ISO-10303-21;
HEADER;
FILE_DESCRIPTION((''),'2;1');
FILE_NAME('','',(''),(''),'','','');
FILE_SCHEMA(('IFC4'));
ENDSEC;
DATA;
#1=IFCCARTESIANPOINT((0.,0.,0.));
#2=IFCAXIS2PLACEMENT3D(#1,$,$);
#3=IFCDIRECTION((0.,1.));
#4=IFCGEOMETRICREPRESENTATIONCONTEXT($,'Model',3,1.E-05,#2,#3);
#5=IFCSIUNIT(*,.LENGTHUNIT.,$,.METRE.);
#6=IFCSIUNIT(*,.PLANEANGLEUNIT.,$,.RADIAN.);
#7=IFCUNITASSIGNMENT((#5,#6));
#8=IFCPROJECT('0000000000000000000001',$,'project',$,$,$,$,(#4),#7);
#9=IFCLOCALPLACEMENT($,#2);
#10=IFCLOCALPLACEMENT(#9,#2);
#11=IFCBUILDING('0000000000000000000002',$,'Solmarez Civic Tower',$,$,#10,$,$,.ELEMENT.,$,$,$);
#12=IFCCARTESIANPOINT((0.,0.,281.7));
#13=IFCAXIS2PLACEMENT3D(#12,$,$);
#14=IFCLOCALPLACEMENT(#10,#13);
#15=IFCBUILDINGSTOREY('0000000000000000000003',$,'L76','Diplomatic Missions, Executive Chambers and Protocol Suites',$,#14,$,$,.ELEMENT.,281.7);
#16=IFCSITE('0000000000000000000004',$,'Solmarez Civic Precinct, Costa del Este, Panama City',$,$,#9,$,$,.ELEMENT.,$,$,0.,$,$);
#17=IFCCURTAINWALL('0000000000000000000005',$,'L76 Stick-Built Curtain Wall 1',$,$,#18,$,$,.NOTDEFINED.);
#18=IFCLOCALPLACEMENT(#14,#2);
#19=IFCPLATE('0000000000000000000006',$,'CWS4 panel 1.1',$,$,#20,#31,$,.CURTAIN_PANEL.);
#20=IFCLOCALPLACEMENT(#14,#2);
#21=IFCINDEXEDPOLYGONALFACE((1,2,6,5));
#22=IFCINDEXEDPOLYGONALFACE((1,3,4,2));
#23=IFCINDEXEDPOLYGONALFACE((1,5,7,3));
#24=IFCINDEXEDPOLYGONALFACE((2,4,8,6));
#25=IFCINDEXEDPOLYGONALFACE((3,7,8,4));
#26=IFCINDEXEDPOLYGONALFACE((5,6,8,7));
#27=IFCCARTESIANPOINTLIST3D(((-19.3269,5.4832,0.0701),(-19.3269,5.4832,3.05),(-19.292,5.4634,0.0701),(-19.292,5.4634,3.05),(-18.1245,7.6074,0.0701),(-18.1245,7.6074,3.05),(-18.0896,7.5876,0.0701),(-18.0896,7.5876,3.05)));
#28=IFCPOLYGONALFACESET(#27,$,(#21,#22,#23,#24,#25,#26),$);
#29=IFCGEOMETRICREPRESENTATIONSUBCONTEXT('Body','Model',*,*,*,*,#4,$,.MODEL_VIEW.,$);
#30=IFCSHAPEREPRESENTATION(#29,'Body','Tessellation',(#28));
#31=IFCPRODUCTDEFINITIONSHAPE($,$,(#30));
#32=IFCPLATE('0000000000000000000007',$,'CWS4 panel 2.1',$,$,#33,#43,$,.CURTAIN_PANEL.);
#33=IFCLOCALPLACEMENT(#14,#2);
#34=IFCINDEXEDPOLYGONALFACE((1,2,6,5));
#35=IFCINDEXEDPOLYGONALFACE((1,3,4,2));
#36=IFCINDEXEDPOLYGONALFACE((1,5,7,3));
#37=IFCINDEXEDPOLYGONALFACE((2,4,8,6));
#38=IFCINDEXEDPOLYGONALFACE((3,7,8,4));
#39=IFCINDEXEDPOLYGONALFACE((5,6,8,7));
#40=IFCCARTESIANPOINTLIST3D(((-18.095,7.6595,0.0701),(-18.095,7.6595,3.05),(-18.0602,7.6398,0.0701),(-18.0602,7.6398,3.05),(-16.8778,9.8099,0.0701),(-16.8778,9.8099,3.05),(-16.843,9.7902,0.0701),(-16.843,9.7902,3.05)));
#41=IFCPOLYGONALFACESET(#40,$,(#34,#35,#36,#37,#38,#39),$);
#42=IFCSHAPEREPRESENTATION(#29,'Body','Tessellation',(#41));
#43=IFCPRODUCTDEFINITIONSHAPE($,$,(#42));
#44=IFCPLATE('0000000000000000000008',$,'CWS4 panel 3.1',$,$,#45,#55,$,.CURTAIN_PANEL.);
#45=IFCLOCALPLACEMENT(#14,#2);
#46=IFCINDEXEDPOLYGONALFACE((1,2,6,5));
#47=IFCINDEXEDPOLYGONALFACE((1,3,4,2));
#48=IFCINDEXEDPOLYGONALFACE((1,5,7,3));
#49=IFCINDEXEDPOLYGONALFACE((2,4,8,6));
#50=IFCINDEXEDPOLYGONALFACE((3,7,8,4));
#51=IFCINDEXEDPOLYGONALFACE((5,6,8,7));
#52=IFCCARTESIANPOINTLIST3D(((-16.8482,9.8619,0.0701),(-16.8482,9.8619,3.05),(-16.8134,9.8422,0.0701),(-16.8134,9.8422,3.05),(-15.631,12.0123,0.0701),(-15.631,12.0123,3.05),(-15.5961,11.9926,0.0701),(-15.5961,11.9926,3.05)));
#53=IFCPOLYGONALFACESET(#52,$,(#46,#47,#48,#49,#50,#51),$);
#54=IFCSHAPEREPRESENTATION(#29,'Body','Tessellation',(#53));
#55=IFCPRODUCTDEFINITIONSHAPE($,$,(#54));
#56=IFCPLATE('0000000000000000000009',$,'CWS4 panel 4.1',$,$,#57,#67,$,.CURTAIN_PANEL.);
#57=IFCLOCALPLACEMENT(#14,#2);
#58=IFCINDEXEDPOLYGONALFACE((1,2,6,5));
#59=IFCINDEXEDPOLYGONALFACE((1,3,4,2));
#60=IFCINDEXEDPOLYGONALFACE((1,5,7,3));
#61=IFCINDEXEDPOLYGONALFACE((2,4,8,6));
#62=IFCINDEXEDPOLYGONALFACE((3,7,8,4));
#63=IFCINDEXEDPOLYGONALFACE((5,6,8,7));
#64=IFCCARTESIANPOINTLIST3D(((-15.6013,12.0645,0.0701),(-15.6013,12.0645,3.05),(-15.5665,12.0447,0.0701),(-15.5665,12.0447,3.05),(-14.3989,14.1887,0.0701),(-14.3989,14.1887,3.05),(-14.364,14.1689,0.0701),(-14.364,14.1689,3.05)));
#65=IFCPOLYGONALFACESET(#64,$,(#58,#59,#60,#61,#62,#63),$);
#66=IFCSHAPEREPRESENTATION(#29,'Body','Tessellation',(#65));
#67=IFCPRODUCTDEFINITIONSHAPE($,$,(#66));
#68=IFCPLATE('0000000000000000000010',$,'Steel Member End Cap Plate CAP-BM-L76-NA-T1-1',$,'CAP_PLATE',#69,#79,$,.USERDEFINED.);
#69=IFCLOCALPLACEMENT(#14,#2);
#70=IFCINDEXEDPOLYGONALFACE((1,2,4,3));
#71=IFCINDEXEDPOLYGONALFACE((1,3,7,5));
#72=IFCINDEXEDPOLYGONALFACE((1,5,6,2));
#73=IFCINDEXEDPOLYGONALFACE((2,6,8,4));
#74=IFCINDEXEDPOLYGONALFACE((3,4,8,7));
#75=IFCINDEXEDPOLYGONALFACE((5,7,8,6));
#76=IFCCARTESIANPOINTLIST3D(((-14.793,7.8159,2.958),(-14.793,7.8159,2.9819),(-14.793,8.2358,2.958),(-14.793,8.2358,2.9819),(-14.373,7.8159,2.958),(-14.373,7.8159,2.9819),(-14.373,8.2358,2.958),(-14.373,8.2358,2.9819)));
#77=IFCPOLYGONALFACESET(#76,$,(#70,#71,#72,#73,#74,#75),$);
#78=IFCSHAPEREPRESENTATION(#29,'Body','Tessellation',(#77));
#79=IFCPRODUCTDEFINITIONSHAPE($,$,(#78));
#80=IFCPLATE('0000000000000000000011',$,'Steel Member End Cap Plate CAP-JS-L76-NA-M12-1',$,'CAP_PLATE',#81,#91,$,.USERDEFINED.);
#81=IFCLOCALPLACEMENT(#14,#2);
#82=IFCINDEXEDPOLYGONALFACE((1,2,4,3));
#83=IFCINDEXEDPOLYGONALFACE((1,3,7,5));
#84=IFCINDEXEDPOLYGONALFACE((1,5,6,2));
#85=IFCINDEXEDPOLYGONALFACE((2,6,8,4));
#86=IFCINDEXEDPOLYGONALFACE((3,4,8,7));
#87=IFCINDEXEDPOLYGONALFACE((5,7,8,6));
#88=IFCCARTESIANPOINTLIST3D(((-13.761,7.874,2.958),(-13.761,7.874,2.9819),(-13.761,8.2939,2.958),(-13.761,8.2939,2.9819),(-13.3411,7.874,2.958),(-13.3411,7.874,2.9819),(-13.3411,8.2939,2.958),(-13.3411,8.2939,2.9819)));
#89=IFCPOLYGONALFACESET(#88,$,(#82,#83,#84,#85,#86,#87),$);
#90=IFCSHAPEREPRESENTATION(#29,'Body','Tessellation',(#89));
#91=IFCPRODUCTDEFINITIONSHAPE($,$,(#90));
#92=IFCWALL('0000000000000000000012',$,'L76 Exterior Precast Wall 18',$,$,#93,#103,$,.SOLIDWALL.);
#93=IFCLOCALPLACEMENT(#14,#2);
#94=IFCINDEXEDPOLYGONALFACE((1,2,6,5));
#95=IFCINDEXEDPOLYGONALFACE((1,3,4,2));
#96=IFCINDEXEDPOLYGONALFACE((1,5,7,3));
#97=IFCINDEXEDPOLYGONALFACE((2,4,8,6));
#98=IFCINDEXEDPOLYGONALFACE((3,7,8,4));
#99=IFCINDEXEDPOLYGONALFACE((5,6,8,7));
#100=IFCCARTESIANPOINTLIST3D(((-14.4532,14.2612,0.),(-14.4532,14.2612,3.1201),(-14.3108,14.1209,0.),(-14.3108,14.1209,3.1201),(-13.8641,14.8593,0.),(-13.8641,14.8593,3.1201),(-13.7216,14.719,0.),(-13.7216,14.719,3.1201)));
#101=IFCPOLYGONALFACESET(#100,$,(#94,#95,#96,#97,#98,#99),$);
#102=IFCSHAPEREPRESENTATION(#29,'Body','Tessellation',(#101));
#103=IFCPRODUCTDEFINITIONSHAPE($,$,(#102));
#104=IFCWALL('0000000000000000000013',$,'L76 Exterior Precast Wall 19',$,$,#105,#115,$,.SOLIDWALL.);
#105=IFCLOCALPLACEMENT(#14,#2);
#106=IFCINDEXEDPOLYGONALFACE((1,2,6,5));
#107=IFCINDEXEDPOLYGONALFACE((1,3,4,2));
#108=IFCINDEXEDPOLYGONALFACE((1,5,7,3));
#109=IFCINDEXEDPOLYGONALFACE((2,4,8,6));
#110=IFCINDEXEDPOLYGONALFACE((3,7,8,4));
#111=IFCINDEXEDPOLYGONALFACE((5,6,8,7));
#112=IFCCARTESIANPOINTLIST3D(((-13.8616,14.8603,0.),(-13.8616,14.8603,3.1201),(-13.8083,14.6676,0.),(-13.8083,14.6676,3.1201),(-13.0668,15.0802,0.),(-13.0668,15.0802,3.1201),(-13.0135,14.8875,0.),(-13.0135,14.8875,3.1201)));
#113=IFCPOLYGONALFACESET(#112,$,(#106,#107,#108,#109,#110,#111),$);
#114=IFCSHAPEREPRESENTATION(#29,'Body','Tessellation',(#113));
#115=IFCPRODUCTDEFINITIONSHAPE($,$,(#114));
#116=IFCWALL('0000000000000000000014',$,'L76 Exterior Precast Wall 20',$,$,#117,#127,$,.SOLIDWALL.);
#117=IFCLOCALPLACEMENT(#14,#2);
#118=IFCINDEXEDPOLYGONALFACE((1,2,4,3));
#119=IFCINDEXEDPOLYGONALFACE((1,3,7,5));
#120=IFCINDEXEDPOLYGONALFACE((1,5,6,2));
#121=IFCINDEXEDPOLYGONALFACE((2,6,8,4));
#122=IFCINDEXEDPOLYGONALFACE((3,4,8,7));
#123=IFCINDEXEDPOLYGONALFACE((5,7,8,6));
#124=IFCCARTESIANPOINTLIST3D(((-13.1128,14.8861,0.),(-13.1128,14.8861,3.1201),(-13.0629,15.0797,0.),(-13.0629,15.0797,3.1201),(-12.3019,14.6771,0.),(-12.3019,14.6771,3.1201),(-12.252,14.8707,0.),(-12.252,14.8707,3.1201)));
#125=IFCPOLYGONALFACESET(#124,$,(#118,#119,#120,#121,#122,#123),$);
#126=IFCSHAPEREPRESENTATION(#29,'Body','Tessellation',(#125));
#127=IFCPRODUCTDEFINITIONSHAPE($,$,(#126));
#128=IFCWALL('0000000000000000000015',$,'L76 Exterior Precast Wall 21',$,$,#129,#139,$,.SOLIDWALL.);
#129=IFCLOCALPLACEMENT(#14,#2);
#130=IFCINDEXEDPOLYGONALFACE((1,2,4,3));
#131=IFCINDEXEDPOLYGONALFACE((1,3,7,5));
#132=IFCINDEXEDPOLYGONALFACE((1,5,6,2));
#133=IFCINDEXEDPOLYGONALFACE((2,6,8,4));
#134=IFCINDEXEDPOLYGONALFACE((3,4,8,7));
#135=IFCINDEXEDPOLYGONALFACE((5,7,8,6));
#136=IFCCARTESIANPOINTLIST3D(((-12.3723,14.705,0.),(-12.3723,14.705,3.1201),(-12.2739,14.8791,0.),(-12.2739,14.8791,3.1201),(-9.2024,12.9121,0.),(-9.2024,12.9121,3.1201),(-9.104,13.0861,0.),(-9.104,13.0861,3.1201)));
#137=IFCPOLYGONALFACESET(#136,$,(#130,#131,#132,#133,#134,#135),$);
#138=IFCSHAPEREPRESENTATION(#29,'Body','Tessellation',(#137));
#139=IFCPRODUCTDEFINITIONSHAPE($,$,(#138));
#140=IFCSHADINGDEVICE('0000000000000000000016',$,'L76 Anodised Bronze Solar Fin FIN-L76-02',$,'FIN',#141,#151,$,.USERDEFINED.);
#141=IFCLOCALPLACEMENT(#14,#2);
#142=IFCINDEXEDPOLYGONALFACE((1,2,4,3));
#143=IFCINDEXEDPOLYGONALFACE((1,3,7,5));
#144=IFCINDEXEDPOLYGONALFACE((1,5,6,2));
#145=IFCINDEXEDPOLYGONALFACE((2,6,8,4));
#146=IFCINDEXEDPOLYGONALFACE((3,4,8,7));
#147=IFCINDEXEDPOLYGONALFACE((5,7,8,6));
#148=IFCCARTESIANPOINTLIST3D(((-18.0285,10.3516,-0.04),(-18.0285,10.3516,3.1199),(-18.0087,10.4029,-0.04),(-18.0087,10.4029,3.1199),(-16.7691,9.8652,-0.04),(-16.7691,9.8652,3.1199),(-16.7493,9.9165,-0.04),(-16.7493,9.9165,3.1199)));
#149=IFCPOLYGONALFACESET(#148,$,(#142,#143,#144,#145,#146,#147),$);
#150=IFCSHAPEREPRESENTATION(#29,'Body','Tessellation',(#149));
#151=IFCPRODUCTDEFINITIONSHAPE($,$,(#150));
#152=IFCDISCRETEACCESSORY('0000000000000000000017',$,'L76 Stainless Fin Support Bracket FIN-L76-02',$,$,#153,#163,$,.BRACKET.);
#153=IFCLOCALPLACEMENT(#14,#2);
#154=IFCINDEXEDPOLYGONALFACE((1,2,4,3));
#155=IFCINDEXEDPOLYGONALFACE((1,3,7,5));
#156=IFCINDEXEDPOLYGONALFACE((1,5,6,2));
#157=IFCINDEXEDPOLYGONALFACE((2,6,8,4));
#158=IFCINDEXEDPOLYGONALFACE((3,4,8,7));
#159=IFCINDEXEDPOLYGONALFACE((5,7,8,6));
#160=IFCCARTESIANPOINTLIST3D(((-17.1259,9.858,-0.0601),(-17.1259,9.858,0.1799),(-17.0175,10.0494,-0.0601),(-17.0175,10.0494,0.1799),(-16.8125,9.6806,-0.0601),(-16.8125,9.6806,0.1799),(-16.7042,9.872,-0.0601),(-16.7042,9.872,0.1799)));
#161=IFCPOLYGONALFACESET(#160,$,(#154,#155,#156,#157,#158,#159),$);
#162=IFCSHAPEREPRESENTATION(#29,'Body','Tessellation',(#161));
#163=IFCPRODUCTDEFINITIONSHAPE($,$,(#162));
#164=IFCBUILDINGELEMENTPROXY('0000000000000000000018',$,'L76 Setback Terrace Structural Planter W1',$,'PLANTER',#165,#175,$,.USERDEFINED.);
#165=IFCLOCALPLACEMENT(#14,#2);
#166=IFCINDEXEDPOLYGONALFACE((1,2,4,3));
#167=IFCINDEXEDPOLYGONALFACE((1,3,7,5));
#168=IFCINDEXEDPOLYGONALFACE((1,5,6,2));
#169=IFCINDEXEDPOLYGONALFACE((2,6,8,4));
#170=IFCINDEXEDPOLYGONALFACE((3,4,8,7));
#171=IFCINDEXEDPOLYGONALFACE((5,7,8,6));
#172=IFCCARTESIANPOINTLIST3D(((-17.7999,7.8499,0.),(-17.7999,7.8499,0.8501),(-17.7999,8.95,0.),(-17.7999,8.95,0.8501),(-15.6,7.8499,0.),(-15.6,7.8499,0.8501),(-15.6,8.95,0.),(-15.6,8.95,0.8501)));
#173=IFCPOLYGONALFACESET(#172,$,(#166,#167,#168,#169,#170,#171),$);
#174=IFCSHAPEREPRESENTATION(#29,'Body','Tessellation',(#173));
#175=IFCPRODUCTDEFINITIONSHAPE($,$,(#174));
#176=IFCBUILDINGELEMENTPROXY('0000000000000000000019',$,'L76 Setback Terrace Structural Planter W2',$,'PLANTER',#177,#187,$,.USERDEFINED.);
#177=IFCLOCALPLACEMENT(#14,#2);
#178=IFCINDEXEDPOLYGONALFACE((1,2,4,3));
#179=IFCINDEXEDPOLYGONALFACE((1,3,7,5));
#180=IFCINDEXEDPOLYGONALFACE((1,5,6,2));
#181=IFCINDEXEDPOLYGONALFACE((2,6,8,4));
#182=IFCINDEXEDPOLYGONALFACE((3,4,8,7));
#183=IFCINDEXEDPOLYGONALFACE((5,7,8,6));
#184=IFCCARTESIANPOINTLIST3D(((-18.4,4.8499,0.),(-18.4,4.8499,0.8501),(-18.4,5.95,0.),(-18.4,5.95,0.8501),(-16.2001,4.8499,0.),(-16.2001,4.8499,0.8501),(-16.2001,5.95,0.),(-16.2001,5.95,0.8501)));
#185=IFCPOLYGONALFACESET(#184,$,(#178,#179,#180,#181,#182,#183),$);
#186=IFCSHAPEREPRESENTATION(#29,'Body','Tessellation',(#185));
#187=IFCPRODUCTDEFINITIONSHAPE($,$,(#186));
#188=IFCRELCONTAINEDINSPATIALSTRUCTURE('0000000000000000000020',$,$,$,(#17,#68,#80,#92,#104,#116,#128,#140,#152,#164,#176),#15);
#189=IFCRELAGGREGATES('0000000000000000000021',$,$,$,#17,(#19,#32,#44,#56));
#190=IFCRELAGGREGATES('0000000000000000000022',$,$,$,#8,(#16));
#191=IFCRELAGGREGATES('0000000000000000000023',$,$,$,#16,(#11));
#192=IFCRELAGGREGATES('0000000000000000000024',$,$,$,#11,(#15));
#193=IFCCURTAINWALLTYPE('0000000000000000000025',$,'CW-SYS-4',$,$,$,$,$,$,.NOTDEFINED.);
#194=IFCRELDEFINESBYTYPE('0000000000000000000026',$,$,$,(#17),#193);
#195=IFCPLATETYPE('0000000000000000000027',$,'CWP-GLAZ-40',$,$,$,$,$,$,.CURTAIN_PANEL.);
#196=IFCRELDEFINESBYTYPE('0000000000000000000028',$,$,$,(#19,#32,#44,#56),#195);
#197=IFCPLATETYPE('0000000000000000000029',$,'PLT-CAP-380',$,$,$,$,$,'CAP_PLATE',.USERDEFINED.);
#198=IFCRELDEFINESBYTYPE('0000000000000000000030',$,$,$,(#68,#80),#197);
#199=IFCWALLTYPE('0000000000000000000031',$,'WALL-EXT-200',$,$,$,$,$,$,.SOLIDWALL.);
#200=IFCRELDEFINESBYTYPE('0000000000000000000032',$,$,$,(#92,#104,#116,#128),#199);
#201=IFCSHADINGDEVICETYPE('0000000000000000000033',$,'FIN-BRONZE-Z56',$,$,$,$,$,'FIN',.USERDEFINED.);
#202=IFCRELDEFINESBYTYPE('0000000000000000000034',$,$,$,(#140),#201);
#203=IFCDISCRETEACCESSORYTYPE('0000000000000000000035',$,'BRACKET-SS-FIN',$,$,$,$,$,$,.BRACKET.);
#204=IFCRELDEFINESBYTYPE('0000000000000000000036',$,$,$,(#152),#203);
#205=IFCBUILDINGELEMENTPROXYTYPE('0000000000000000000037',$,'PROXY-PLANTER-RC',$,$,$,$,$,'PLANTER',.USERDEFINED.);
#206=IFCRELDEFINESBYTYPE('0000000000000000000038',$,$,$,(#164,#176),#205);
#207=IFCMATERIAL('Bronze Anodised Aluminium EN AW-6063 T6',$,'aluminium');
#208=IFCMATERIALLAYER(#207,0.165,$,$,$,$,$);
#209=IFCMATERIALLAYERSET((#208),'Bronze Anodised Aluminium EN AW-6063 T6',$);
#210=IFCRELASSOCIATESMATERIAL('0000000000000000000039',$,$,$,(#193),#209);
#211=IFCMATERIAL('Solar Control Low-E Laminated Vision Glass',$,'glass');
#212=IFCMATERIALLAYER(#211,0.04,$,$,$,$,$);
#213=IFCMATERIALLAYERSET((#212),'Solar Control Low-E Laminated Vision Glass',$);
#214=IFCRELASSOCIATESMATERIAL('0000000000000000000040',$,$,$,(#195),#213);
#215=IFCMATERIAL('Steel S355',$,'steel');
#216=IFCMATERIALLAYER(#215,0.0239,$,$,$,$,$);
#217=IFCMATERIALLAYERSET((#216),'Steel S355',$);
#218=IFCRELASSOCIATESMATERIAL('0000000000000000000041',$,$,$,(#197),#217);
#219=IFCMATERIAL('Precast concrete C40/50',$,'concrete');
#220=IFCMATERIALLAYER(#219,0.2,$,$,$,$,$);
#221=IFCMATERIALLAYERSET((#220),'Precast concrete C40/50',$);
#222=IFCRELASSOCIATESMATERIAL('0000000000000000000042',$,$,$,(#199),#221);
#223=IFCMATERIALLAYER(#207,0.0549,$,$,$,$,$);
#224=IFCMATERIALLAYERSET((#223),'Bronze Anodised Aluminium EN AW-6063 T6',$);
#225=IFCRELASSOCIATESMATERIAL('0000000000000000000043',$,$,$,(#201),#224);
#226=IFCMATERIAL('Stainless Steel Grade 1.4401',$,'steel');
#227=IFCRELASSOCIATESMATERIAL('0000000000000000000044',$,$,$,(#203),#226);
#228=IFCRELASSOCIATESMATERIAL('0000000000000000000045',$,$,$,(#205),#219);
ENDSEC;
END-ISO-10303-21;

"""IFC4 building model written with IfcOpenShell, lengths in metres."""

from ifc_helpers import new_model, si_unit, direction, frame, frame_2d, origin, origin_2d, place, context, subcontext, project, spatial, rectangle, extrude, material, layer, layer_set, type_object, element, aggregate, save


model = new_model("IFC4")

# Units and contexts
model_context = context("Model", 3, precision=1e-05, world=origin(), true_north=direction((0.0, 1.0)))
body_context = subcontext(model_context, "Body", "Model", "MODEL_VIEW")
ifc_project = project(units=[si_unit("LENGTHUNIT", "METRE"), si_unit("PLANEANGLEUNIT", "RADIAN")], contexts=[model_context])

# Site, building, storey
site_placement = place(None, origin())
site = spatial("IfcSite", under=ifc_project, at=site_placement, Name="Solmarez Civic Precinct, Costa del Este, Panama City", CompositionType="ELEMENT", RefElevation=0.0)
building_placement = place(site_placement, origin())
building = spatial("IfcBuilding", under=site, at=building_placement, Name="Solmarez Civic Tower", CompositionType="ELEMENT")
storey_placement = place(building_placement, frame((0.0, 0.0, 281.7)))
storey = spatial("IfcBuildingStorey", under=building, at=storey_placement, Name="L76", Description="Diplomatic Missions, Executive Chambers and Protocol Suites", CompositionType="ELEMENT", Elevation=281.7)

# Curtain wall, plates
ifc_material_1 = material(Name="Bronze Anodised Aluminium EN AW-6063 T6", Category="aluminium")
ifc_layer_1 = layer(ifc_material_1, 0.165)
ifc_layer_set_1 = layer_set([ifc_layer_1], Name="Bronze Anodised Aluminium EN AW-6063 T6")
curtain_wall_type = type_object("IfcCurtainWallType", Name="CW-SYS-4", PredefinedType="NOTDEFINED", material=ifc_layer_set_1)
curtain_wall_placement = place(storey_placement, origin())
curtain_wall = element("IfcCurtainWall", 1, at=curtain_wall_placement, inside=storey, type_object=curtain_wall_type, Name="L76 Stick-Built Curtain Wall 1", PredefinedType="NOTDEFINED")
ifc_material_2 = material(Name="Solar Control Low-E Laminated Vision Glass", Category="glass")
ifc_layer_2 = layer(ifc_material_2, 0.04)
ifc_layer_set_2 = layer_set([ifc_layer_2], Name="Solar Control Low-E Laminated Vision Glass")
plate_type_1 = type_object("IfcPlateType", Name="CWP-GLAZ-40", PredefinedType="CURTAIN_PANEL", material=ifc_layer_set_2)
plate_1_placement = place(storey_placement, frame((-18.7083, 6.5354, 0.0701), z_axis=(0.0, 0.0, 1.0), x_axis=(0.492614, 0.870248, 0.0)))
plate_1 = element("IfcPlate", 2, at=plate_1_placement, type_object=plate_type_1, Name="CWS4 panel 1.1", PredefinedType="CURTAIN_PANEL", context=body_context, shape_type="SweptSolid", body=[
    extrude(rectangle(XDim=2.4409, YDim=0.04, at=origin_2d()), origin(), (0.0, 0.0, 1.0), 2.98),
])
plate_2_placement = place(storey_placement, frame((-17.469, 8.7249, 0.0701), z_axis=(0.0, 0.0, 1.0), x_axis=(0.492614, 0.870248, 0.0)))
plate_2 = element("IfcPlate", 3, at=plate_2_placement, type_object=plate_type_1, Name="CWS4 panel 2.1", PredefinedType="CURTAIN_PANEL", context=body_context, shape_type="SweptSolid", body=[
    extrude(rectangle(XDim=2.4709, YDim=0.04, at=origin_2d()), origin(), (0.0, 0.0, 1.0), 2.98),
])
plate_3_placement = place(storey_placement, frame((-16.2222, 10.9272, 0.0701), z_axis=(0.0, 0.0, 1.0), x_axis=(0.492614, 0.870248, 0.0)))
plate_3 = element("IfcPlate", 4, at=plate_3_placement, type_object=plate_type_1, Name="CWS4 panel 3.1", PredefinedType="CURTAIN_PANEL", context=body_context, shape_type="SweptSolid", body=[
    extrude(rectangle(XDim=2.4709, YDim=0.04, at=origin_2d()), origin(), (0.0, 0.0, 1.0), 2.98),
])
plate_4_placement = place(storey_placement, frame((-14.9827, 13.1167, 0.0701), z_axis=(0.0, 0.0, 1.0), x_axis=(0.492614, 0.870248, 0.0)))
plate_4 = element("IfcPlate", 5, at=plate_4_placement, type_object=plate_type_1, Name="CWS4 panel 4.1", PredefinedType="CURTAIN_PANEL", context=body_context, shape_type="SweptSolid", body=[
    extrude(rectangle(XDim=2.4409, YDim=0.04, at=origin_2d()), origin(), (0.0, 0.0, 1.0), 2.98),
])
aggregate(curtain_wall, [plate_1, plate_2, plate_3, plate_4])

# Plates
ifc_material_3 = material(Name="Steel S355", Category="steel")
ifc_layer_3 = layer(ifc_material_3, 0.0239)
ifc_layer_set_3 = layer_set([ifc_layer_3], Name="Steel S355")
plate_type_2 = type_object("IfcPlateType", Name="PLT-CAP-380", ElementType="CAP_PLATE", PredefinedType="USERDEFINED", material=ifc_layer_set_3)
for number, where, z_axis, x_axis, name in (
    (6, (-14.583, 8.0259, 2.958), (0.0, 0.0, 1.0), (1.0, 0.0, 0.0), "Steel Member End Cap Plate CAP-BM-L76-NA-T1-1"),
    (7, (-13.551, 8.084, 2.958), (0.0, 0.0, 1.0), (1.0, 0.0, 0.0), "Steel Member End Cap Plate CAP-JS-L76-NA-M12-1"),
):
    element("IfcPlate", number, at=place(storey_placement, frame(where, z_axis=z_axis, x_axis=x_axis)), inside=storey, type_object=plate_type_2, Name=name, ObjectType="CAP_PLATE", PredefinedType="USERDEFINED", context=body_context, shape_type="SweptSolid", body=[
        extrude(rectangle(XDim=0.4199, YDim=0.4199, at=origin_2d()), origin(), (0.0, 0.0, 1.0), 0.0239),
    ])

# Walls
ifc_material_4 = material(Name="Precast concrete C40/50", Category="concrete")
ifc_layer_4 = layer(ifc_material_4, 0.2)
ifc_layer_set_4 = layer_set([ifc_layer_4], Name="Precast concrete C40/50")
wall_type = type_object("IfcWallType", Name="WALL-EXT-200", PredefinedType="SOLIDWALL", material=ifc_layer_set_4)
wall_1_placement = place(storey_placement, frame((-14.3821, 14.1909, 0.0), z_axis=(0.0, 0.0, 1.0), x_axis=(0.701706, 0.712466, 0.0)))
element("IfcWall", 8, at=wall_1_placement, inside=storey, type_object=wall_type, Name="L76 Exterior Precast Wall 18", PredefinedType="SOLIDWALL", context=body_context, shape_type="SweptSolid", body=[
    extrude(rectangle(XDim=0.8396, YDim=0.2, at=frame_2d((0.4199, 0.0))), origin(), (0.0, 0.0, 1.0), 3.1201),
])
wall_2_placement = place(storey_placement, frame((-13.835, 14.7639, 0.0), z_axis=(0.0, 0.0, 1.0), x_axis=(0.96378, 0.266697, 0.0)))
element("IfcWall", 9, at=wall_2_placement, inside=storey, type_object=wall_type, Name="L76 Exterior Precast Wall 19", PredefinedType="SOLIDWALL", context=body_context, shape_type="SweptSolid", body=[
    extrude(rectangle(XDim=0.8247, YDim=0.2, at=frame_2d((0.4124, 0.0))), origin(), (0.0, 0.0, 1.0), 3.1201),
])
wall_3_placement = place(storey_placement, frame((-13.0879, 14.9829, 0.0), z_axis=(0.0, 0.0, 1.0), x_axis=(0.96835, -0.249596, 0.0)))
element("IfcWall", 10, at=wall_3_placement, inside=storey, type_object=wall_type, Name="L76 Exterior Precast Wall 20", PredefinedType="SOLIDWALL", context=body_context, shape_type="SweptSolid", body=[
    extrude(rectangle(XDim=0.8374, YDim=0.2, at=frame_2d((0.4187, 0.0))), origin(), (0.0, 0.0, 1.0), 3.1201),
])
wall_4_placement = place(storey_placement, frame((-12.323, 14.792, 0.0), z_axis=(0.0, 0.0, 1.0), x_axis=(0.870413, -0.492322, 0.0)))
element("IfcWall", 11, at=wall_4_placement, inside=storey, type_object=wall_type, Name="L76 Exterior Precast Wall 21", PredefinedType="SOLIDWALL", context=body_context, shape_type="SweptSolid", body=[
    extrude(rectangle(XDim=3.6418, YDim=0.2, at=frame_2d((1.8208, 0.0))), origin(), (0.0, 0.0, 1.0), 3.1201),
])

# Shading device
ifc_layer_5 = layer(ifc_material_1, 0.0549)
ifc_layer_set_5 = layer_set([ifc_layer_5], Name="Bronze Anodised Aluminium EN AW-6063 T6")
shading_device_type = type_object("IfcShadingDeviceType", Name="FIN-BRONZE-Z56", ElementType="FIN", PredefinedType="USERDEFINED", material=ifc_layer_set_5)
shading_device_placement = place(storey_placement, frame((-17.3889, 10.134, -0.04), z_axis=(0.0, 0.0, 1.0), x_axis=(-0.932847, 0.360274, 0.0)))
element("IfcShadingDevice", 12, at=shading_device_placement, inside=storey, type_object=shading_device_type, Name="L76 Anodised Bronze Solar Fin FIN-L76-02", ObjectType="FIN", PredefinedType="USERDEFINED", context=body_context, shape_type="SweptSolid", body=[
    extrude(rectangle(XDim=1.3501, YDim=0.0549, at=origin_2d()), origin(), (0.0, 0.0, 1.0), 3.1599),
])

# Discrete accessory
ifc_material_5 = material(Name="Stainless Steel Grade 1.4401", Category="steel")
discrete_accessory_type = type_object("IfcDiscreteAccessoryType", Name="BRACKET-SS-FIN", PredefinedType="BRACKET", material=ifc_material_5)
discrete_accessory_placement = place(storey_placement, frame((-16.915, 9.865, -0.0601), z_axis=(0.0, 0.0, 1.0), x_axis=(-0.870209, 0.492682, 0.0)))
element("IfcDiscreteAccessory", 13, at=discrete_accessory_placement, inside=storey, type_object=discrete_accessory_type, Name="L76 Stainless Fin Support Bracket FIN-L76-02", PredefinedType="BRACKET", context=body_context, shape_type="SweptSolid", body=[
    extrude(rectangle(XDim=0.3601, YDim=0.22, at=origin_2d()), origin(), (0.0, 0.0, 1.0), 0.24),
])

# Building element proxies
building_element_proxy_type = type_object("IfcBuildingElementProxyType", Name="PROXY-PLANTER-RC", ElementType="PLANTER", PredefinedType="USERDEFINED", material=ifc_material_4)
for number, where, z_axis, x_axis, name in (
    (14, (-16.7, 8.3999, 0.0), (0.0, 0.0, 1.0), (1.0, 0.0, 0.0), "L76 Setback Terrace Structural Planter W1"),
    (15, (-17.3, 5.3999, 0.0), (0.0, 0.0, 1.0), (1.0, 0.0, 0.0), "L76 Setback Terrace Structural Planter W2"),
):
    element("IfcBuildingElementProxy", number, at=place(storey_placement, frame(where, z_axis=z_axis, x_axis=x_axis)), inside=storey, type_object=building_element_proxy_type, Name=name, ObjectType="PLANTER", PredefinedType="USERDEFINED", context=body_context, shape_type="SweptSolid", body=[
        extrude(rectangle(XDim=2.2, YDim=1.1001, at=origin_2d()), origin(), (0.0, 0.0, 1.0), 0.8501),
    ])

save(model, "model.ifc")
